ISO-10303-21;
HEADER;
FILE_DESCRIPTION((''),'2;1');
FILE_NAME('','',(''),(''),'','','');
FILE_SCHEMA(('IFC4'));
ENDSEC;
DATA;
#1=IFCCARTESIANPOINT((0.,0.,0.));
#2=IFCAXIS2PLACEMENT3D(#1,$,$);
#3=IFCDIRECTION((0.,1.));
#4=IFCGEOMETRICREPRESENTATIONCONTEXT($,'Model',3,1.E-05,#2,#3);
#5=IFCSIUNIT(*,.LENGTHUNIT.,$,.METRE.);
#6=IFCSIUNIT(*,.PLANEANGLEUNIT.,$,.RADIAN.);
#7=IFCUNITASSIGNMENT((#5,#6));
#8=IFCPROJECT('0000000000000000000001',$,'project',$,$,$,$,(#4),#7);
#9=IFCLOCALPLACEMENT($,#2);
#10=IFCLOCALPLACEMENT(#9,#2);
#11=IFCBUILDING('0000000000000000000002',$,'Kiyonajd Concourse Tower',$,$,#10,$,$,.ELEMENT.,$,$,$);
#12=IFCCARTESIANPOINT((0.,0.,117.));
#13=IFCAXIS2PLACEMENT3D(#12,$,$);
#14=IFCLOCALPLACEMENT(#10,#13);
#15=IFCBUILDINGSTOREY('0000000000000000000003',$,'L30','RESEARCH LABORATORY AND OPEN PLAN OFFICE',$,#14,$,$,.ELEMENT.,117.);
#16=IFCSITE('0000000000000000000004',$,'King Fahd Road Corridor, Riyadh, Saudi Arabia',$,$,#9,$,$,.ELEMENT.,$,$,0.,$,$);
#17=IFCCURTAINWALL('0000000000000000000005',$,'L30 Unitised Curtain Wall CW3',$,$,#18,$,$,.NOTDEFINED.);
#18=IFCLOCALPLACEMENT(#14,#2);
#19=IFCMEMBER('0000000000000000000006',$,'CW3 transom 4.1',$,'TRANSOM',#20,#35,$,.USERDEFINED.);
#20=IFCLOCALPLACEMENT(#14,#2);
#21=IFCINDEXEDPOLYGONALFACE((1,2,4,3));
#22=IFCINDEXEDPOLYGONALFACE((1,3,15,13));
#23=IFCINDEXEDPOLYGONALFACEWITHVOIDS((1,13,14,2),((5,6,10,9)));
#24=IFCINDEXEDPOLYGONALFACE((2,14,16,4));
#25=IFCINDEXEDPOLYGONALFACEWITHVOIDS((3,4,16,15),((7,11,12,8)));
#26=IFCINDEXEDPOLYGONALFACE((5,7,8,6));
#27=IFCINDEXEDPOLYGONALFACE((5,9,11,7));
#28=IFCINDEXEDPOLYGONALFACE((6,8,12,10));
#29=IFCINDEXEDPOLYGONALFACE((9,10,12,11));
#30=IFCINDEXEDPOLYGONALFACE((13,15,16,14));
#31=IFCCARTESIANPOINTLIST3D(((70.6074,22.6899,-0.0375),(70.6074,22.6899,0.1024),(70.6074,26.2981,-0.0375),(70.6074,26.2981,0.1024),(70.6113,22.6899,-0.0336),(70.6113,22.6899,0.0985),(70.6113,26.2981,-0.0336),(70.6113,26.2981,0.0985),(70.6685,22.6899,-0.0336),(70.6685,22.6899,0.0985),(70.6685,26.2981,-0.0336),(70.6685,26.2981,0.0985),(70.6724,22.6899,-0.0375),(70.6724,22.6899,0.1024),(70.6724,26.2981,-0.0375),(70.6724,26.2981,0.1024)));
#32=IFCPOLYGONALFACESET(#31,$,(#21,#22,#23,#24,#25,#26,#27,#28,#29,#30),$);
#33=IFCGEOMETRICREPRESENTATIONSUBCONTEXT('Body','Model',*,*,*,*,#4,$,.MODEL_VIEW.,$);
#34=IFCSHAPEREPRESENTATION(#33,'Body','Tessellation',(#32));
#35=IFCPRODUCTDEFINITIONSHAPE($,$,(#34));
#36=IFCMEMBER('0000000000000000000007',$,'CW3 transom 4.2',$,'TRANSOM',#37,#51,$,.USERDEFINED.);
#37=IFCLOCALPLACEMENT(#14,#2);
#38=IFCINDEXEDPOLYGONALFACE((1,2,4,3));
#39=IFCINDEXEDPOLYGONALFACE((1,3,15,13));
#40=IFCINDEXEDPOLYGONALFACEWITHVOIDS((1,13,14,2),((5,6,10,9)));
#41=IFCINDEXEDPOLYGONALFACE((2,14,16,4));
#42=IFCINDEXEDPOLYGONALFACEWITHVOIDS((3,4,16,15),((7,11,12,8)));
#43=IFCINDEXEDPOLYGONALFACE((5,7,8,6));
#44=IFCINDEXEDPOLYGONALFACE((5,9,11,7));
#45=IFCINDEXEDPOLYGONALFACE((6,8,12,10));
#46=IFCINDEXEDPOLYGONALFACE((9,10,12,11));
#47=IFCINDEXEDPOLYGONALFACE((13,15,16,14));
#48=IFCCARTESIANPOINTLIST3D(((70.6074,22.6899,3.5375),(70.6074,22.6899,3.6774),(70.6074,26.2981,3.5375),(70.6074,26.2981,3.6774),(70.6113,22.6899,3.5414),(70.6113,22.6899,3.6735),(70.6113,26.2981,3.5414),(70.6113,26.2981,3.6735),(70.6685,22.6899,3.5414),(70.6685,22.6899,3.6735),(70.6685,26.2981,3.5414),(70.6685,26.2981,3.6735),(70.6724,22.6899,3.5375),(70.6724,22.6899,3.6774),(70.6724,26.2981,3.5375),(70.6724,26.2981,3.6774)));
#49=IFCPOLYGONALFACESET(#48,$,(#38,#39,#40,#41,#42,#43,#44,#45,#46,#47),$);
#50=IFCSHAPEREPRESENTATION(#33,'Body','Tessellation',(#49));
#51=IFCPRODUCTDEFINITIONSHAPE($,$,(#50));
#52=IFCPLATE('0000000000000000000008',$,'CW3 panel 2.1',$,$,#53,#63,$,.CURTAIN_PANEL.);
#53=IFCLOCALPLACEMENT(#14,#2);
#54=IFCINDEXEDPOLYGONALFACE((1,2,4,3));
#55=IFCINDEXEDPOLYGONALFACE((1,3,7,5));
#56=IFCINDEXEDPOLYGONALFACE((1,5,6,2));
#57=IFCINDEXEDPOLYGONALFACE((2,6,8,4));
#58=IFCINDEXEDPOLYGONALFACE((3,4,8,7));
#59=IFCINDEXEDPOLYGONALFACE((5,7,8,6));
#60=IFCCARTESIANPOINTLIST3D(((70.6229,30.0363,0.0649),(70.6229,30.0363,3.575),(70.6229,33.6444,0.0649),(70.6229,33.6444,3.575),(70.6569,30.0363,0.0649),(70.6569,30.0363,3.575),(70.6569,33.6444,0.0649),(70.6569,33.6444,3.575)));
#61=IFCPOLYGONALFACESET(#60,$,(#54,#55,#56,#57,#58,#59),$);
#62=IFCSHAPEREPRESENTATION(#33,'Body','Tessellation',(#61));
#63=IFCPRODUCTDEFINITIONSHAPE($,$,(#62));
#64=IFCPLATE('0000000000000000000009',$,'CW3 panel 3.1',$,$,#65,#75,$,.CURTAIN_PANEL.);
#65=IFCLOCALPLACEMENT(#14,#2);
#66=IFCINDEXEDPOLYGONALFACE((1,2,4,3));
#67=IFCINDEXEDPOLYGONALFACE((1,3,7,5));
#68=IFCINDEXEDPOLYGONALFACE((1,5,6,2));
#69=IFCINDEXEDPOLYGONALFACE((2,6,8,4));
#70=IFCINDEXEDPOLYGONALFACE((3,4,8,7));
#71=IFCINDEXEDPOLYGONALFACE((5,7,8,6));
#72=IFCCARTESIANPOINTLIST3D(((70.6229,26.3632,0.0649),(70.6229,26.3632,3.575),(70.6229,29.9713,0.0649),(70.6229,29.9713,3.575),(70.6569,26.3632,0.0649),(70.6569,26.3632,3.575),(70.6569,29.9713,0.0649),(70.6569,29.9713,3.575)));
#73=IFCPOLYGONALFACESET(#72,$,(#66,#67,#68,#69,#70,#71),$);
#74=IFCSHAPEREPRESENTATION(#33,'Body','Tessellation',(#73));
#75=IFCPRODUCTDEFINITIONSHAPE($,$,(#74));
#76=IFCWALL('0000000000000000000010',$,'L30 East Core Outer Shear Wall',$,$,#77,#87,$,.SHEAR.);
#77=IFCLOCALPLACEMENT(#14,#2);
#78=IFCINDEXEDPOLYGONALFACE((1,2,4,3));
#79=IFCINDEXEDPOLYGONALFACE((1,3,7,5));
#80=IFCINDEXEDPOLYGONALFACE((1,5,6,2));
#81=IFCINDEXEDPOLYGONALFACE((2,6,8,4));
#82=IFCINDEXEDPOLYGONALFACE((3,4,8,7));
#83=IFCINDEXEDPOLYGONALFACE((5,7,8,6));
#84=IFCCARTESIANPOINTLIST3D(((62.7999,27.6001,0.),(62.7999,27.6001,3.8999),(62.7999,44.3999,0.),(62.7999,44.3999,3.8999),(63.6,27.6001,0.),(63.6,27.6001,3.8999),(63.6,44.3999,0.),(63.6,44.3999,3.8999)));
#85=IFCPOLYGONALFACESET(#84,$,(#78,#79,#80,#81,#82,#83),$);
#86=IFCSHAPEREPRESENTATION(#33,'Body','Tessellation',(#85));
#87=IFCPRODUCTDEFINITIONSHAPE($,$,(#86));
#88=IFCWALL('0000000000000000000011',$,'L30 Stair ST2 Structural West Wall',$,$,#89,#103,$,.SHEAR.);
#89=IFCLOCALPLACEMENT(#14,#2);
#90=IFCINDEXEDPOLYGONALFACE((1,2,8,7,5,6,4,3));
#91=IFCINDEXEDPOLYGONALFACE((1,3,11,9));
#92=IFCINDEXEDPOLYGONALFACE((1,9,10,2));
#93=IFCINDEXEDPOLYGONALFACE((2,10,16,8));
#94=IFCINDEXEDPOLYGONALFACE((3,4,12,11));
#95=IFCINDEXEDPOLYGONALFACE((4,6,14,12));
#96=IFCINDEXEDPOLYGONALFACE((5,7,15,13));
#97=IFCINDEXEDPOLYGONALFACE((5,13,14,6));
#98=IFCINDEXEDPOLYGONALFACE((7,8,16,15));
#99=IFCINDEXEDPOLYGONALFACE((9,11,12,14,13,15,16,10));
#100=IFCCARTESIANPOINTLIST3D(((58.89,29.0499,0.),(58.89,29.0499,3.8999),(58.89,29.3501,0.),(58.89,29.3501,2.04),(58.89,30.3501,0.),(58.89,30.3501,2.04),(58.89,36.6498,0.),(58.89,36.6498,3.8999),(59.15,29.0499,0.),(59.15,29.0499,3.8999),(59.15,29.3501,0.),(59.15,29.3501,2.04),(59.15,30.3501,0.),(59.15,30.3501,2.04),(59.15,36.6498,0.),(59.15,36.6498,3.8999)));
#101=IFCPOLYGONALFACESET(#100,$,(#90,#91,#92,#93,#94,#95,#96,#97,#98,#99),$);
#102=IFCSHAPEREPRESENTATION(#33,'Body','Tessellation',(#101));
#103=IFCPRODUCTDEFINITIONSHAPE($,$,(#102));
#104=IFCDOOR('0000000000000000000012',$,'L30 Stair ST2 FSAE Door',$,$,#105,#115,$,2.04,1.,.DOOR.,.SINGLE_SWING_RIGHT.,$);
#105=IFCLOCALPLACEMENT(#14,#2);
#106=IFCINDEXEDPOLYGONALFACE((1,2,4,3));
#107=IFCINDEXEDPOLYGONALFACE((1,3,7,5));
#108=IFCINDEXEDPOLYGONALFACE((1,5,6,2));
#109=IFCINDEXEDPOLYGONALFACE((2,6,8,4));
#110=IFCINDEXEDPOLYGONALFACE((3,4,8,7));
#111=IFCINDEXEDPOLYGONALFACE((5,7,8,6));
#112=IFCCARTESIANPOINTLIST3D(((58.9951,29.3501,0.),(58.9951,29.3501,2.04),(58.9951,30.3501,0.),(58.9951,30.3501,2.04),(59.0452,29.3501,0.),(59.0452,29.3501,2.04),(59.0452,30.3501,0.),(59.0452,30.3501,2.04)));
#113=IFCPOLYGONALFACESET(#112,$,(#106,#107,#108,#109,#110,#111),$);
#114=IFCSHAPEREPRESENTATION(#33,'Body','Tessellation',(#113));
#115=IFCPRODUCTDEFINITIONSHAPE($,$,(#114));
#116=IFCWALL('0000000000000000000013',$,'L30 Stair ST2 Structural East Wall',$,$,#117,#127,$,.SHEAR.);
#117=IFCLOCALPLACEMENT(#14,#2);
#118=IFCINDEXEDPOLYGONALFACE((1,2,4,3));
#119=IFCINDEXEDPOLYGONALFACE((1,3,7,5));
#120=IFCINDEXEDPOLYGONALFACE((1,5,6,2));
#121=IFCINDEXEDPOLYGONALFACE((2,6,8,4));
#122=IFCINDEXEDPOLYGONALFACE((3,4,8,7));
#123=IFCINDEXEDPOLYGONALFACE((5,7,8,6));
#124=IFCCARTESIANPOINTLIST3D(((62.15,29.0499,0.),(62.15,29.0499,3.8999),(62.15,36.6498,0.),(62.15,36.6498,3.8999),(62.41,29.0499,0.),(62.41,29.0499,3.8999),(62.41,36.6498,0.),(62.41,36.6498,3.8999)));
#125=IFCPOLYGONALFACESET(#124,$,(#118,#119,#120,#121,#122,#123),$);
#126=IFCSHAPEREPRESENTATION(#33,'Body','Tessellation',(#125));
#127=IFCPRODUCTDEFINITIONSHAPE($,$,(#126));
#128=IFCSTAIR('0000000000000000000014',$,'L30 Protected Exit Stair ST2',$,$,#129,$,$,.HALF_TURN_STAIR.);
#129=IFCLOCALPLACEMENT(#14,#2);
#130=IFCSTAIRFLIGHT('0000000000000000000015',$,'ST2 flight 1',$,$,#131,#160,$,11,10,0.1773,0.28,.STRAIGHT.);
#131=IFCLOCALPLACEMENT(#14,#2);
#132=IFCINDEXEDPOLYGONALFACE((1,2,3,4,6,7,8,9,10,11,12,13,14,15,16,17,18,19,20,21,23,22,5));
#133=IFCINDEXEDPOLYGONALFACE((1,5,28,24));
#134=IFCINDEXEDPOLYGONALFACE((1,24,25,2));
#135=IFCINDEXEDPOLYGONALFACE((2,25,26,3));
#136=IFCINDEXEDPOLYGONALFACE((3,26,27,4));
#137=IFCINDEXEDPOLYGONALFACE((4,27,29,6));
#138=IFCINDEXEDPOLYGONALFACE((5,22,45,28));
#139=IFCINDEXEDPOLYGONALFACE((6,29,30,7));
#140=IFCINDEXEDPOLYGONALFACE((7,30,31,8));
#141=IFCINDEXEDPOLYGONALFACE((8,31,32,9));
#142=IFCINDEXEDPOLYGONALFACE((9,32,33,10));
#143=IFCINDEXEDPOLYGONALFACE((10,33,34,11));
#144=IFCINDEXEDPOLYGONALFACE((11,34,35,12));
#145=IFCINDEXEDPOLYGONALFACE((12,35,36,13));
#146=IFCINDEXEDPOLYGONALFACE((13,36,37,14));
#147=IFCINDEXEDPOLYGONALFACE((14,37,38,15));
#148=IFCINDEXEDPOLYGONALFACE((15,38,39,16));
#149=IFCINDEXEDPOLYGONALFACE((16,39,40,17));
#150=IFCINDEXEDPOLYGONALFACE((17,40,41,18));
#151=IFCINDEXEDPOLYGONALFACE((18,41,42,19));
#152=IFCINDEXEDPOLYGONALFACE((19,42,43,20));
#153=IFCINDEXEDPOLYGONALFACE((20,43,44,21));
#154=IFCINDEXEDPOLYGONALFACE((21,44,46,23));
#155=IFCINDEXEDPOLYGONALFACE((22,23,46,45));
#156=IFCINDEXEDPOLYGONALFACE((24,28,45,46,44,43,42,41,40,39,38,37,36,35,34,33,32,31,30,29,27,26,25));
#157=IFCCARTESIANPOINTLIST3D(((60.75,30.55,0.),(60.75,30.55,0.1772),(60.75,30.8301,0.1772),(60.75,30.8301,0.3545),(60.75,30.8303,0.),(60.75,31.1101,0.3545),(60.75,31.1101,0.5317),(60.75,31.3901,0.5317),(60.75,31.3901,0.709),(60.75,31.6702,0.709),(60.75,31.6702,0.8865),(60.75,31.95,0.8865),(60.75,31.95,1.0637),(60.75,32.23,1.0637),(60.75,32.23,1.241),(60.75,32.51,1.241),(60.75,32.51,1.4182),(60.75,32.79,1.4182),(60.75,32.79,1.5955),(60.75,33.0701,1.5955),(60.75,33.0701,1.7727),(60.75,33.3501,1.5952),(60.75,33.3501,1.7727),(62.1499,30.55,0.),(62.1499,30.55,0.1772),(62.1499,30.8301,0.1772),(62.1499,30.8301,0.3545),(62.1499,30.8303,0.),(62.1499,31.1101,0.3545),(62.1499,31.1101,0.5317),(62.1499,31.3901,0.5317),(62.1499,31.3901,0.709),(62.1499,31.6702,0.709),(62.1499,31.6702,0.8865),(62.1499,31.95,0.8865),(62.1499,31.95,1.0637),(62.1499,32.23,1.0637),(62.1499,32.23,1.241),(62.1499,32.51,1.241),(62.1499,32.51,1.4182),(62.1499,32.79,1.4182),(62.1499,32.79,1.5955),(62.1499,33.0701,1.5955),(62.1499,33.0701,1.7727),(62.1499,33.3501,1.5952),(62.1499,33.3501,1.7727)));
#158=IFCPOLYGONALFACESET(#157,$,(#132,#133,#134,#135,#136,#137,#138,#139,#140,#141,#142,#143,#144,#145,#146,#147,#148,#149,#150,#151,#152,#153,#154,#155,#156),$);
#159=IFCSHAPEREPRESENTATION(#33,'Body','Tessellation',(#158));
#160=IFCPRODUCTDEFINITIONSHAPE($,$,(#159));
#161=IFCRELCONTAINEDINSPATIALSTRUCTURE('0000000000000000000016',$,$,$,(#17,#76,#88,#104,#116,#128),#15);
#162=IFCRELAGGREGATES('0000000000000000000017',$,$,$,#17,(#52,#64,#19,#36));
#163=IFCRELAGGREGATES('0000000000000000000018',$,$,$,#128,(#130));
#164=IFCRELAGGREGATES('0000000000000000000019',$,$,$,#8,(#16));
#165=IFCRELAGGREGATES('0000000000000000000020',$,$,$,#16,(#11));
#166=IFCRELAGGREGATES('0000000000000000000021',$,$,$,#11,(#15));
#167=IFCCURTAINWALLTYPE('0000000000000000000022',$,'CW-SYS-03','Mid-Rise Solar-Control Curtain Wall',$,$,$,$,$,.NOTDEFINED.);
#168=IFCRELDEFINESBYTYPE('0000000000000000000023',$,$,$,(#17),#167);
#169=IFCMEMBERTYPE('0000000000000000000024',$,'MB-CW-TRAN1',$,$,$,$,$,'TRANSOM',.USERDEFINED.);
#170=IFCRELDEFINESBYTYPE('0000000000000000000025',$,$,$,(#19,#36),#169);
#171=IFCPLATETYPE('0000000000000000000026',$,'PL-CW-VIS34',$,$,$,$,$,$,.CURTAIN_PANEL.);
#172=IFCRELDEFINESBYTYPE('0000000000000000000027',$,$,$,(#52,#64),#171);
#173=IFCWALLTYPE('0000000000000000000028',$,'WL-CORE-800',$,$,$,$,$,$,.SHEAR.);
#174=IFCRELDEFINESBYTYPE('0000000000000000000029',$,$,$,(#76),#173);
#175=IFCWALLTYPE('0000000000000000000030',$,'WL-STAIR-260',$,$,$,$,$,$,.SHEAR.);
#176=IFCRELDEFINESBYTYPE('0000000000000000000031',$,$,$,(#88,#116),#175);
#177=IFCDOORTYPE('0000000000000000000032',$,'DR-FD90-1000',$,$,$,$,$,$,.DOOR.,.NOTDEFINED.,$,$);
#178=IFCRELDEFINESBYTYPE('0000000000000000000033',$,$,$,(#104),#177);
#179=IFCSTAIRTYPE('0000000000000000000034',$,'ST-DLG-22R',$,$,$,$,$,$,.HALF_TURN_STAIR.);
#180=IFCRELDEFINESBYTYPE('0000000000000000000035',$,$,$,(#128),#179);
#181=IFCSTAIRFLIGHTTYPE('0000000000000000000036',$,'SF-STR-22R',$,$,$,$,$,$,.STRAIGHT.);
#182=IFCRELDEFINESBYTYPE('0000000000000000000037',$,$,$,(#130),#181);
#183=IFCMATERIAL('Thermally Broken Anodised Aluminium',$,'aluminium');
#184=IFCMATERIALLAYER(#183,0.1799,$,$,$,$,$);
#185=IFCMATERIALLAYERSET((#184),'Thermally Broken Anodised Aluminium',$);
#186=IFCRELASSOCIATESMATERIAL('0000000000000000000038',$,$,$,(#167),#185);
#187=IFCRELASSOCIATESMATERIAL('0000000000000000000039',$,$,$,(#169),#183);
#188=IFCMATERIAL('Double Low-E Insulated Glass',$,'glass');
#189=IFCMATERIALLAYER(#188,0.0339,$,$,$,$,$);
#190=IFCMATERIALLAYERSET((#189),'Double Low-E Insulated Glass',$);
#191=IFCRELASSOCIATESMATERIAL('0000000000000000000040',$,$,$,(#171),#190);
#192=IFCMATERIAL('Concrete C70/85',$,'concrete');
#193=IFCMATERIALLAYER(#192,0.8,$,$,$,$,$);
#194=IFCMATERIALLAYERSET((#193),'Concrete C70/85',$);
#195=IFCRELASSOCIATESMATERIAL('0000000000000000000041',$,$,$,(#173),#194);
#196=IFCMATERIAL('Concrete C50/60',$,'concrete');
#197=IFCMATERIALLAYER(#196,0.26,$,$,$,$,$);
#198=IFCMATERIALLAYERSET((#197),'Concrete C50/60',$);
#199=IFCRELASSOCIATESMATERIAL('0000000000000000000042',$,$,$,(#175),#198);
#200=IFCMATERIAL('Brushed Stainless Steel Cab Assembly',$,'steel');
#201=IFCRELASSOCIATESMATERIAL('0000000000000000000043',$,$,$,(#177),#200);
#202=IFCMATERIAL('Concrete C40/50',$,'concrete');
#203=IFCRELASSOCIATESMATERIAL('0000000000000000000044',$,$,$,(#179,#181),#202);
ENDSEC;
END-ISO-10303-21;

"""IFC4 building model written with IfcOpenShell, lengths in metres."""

from ifc_helpers import new_model, si_unit, direction, frame, frame_2d, origin, origin_2d, place, context, subcontext, project, spatial, polyline, rectangle, hollow_rectangle, outline, extrude, material, layer, layer_set, material_profile, profile_set, type_object, element, fill, aggregate, save


model = new_model("IFC4")

# Units and contexts
model_context = context("Model", 3, precision=1e-05, world=origin(), true_north=direction((0.0, 1.0)))
body_context = subcontext(model_context, "Body", "Model", "MODEL_VIEW")
ifc_project = project(units=[si_unit("LENGTHUNIT", "METRE"), si_unit("PLANEANGLEUNIT", "RADIAN")], contexts=[model_context])

# Site, building, storey
site_placement = place(None, origin())
site = spatial("IfcSite", under=ifc_project, at=site_placement, Name="King Fahd Road Corridor, Riyadh, Saudi Arabia", CompositionType="ELEMENT", RefElevation=0.0)
building_placement = place(site_placement, origin())
building = spatial("IfcBuilding", under=site, at=building_placement, Name="Kiyonajd Concourse Tower", CompositionType="ELEMENT")
storey_placement = place(building_placement, frame((0.0, 0.0, 117.0)))
storey = spatial("IfcBuildingStorey", under=building, at=storey_placement, Name="L30", Description="RESEARCH LABORATORY AND OPEN PLAN OFFICE", CompositionType="ELEMENT", Elevation=117.0)

# Shared definitions
ifc_material_1 = material(Name="Concrete C70/85", Category="concrete")

# Curtain wall, members, plates
ifc_material_2 = material(Name="Thermally Broken Anodised Aluminium", Category="aluminium")
ifc_layer_1 = layer(ifc_material_2, 0.1799)
ifc_layer_set_1 = layer_set([ifc_layer_1], Name="Thermally Broken Anodised Aluminium")
curtain_wall_type = type_object("IfcCurtainWallType", Name="CW-SYS-03", Description="Mid-Rise Solar-Control Curtain Wall", PredefinedType="NOTDEFINED", material=ifc_layer_set_1)
curtain_wall_placement = place(storey_placement, origin())
curtain_wall = element("IfcCurtainWall", 1, at=curtain_wall_placement, inside=storey, type_object=curtain_wall_type, Name="L30 Unitised Curtain Wall CW3", PredefinedType="NOTDEFINED")
ifc_material_profile_1 = material_profile(ifc_material_2, hollow_rectangle(XDim=0.0649, YDim=0.1399, WallThickness=0.0039, at=origin_2d()), Name="TRAN-65x140")
ifc_profile_set_1 = profile_set([ifc_material_profile_1], Name="Thermally Broken Anodised Aluminium")
member_type_1 = type_object("IfcMemberType", Name="MB-CW-TRAN1", ElementType="TRANSOM", PredefinedType="USERDEFINED", material=ifc_profile_set_1)
member_1_placement = place(storey_placement, frame((70.6399, 26.2981, 0.0325), z_axis=(0.0, -1.0, 0.0), x_axis=(1.0, 0.0, 0.0)))
member_1 = element("IfcMember", 2, at=member_1_placement, type_object=member_type_1, Name="CW3 transom 4.1", ObjectType="TRANSOM", PredefinedType="USERDEFINED", context=body_context, shape_type="SweptSolid", body=[
    extrude(hollow_rectangle(XDim=0.0649, YDim=0.1399, WallThickness=0.0039, at=origin_2d()), origin(), (0.0, 0.0, 1.0), 3.6082),
])
member_2_placement = place(storey_placement, frame((70.6399, 26.2981, 3.6074), z_axis=(0.0, -1.0, 0.0), x_axis=(1.0, 0.0, 0.0)))
member_2 = element("IfcMember", 3, at=member_2_placement, type_object=member_type_1, Name="CW3 transom 4.2", ObjectType="TRANSOM", PredefinedType="USERDEFINED", context=body_context, shape_type="SweptSolid", body=[
    extrude(hollow_rectangle(XDim=0.0649, YDim=0.1399, WallThickness=0.0039, at=origin_2d()), origin(), (0.0, 0.0, 1.0), 3.6082),
])
ifc_material_3 = material(Name="Double Low-E Insulated Glass", Category="glass")
ifc_layer_2 = layer(ifc_material_3, 0.0339)
ifc_layer_set_2 = layer_set([ifc_layer_2], Name="Double Low-E Insulated Glass")
plate_type = type_object("IfcPlateType", Name="PL-CW-VIS34", PredefinedType="CURTAIN_PANEL", material=ifc_layer_set_2)
plate_1_placement = place(storey_placement, frame((70.6399, 31.8403, 0.0649), z_axis=(0.0, 0.0, 1.0), x_axis=(0.0, -1.0, 0.0)))
plate_1 = element("IfcPlate", 4, at=plate_1_placement, type_object=plate_type, Name="CW3 panel 2.1", PredefinedType="CURTAIN_PANEL", context=body_context, shape_type="SweptSolid", body=[
    extrude(rectangle(XDim=3.6082, YDim=0.0339, at=origin_2d()), origin(), (0.0, 0.0, 1.0), 3.51),
])
plate_2_placement = place(storey_placement, frame((70.6399, 28.1672, 0.0649), z_axis=(0.0, 0.0, 1.0), x_axis=(0.0, -1.0, 0.0)))
plate_2 = element("IfcPlate", 5, at=plate_2_placement, type_object=plate_type, Name="CW3 panel 3.1", PredefinedType="CURTAIN_PANEL", context=body_context, shape_type="SweptSolid", body=[
    extrude(rectangle(XDim=3.6082, YDim=0.0339, at=origin_2d()), origin(), (0.0, 0.0, 1.0), 3.51),
])
aggregate(curtain_wall, [plate_1, plate_2, member_1, member_2])

# Wall
ifc_layer_3 = layer(ifc_material_1, 0.8)
ifc_layer_set_3 = layer_set([ifc_layer_3], Name="Concrete C70/85")
wall_type_1 = type_object("IfcWallType", Name="WL-CORE-800", PredefinedType="SHEAR", material=ifc_layer_set_3)
wall_1_placement = place(storey_placement, frame((63.2, 27.6001, 0.0), z_axis=(0.0, 0.0, 1.0), x_axis=(0.0, 1.0, 0.0)))
element("IfcWall", 6, at=wall_1_placement, inside=storey, type_object=wall_type_1, Name="L30 East Core Outer Shear Wall", PredefinedType="SHEAR", context=body_context, shape_type="SweptSolid", body=[
    extrude(rectangle(XDim=16.7998, YDim=0.8, at=frame_2d((8.3999, 0.0))), origin(), (0.0, 0.0, 1.0), 3.8999),
])

# Wall, opening, door
ifc_material_4 = material(Name="Concrete C50/60", Category="concrete")
ifc_layer_4 = layer(ifc_material_4, 0.26)
ifc_layer_set_4 = layer_set([ifc_layer_4], Name="Concrete C50/60")
wall_type_2 = type_object("IfcWallType", Name="WL-STAIR-260", PredefinedType="SHEAR", material=ifc_layer_set_4)
wall_2_placement = place(storey_placement, frame((59.02, 29.05, 0.0), z_axis=(0.0, 0.0, 1.0), x_axis=(0.0, 1.0, 0.0)))
wall_2 = element("IfcWall", 7, at=wall_2_placement, inside=storey, type_object=wall_type_2, Name="L30 Stair ST2 Structural West Wall", PredefinedType="SHEAR", context=body_context, shape_type="SweptSolid", body=[
    extrude(rectangle(XDim=7.5999, YDim=0.26, at=frame_2d((3.7998, 0.0))), origin(), (0.0, 0.0, 1.0), 3.8999),
])
opening_placement = place(wall_2_placement, frame((0.3, 0.0, 0.0)))
opening = element("IfcOpeningElement", 8, at=opening_placement, cuts=wall_2, PredefinedType="OPENING", context=body_context, shape_type="SweptSolid", body=[
    extrude(rectangle(XDim=1.0, YDim=2.04, at=frame_2d((0.5, 1.02))), frame((0.0, 0.1399, 0.0), z_axis=(0.0, -1.0, 0.0), x_axis=(1.0, 0.0, 0.0)), (0.0, 0.0, 1.0), 0.28),
])
ifc_material_5 = material(Name="Brushed Stainless Steel Cab Assembly", Category="steel")
door_type = type_object("IfcDoorType", Name="DR-FD90-1000", OperationType="NOTDEFINED", PredefinedType="DOOR", material=ifc_material_5)
door_placement = place(opening_placement, origin())
door = element("IfcDoor", 9, at=door_placement, inside=storey, type_object=door_type, Name="L30 Stair ST2 FSAE Door", OperationType="SINGLE_SWING_RIGHT", OverallHeight=2.04, OverallWidth=1.0, PredefinedType="DOOR", context=body_context, shape_type="SweptSolid", body=[
    extrude(rectangle(XDim=1.0, YDim=2.04, at=frame_2d((0.5, 1.02))), frame((0.0, 0.0249, 0.0), z_axis=(0.0, -1.0, 0.0), x_axis=(1.0, 0.0, 0.0)), (0.0, 0.0, 1.0), 0.05),
])
fill(opening, door)

# Wall
wall_3_placement = place(storey_placement, frame((62.28, 29.05, 0.0), z_axis=(0.0, 0.0, 1.0), x_axis=(0.0, 1.0, 0.0)))
element("IfcWall", 10, at=wall_3_placement, inside=storey, type_object=wall_type_2, Name="L30 Stair ST2 Structural East Wall", PredefinedType="SHEAR", context=body_context, shape_type="SweptSolid", body=[
    extrude(rectangle(XDim=7.5999, YDim=0.26, at=frame_2d((3.7998, 0.0))), origin(), (0.0, 0.0, 1.0), 3.8999),
])

# Stair, stair flight
ifc_material_6 = material(Name="Concrete C40/50", Category="concrete")
stair_type = type_object("IfcStairType", Name="ST-DLG-22R", PredefinedType="HALF_TURN_STAIR", material=ifc_material_6)
stair_placement = place(storey_placement, origin())
stair = element("IfcStair", 11, at=stair_placement, inside=storey, type_object=stair_type, Name="L30 Protected Exit Stair ST2", PredefinedType="HALF_TURN_STAIR")
stair_flight_type = type_object("IfcStairFlightType", Name="SF-STR-22R", PredefinedType="STRAIGHT", material=ifc_material_6)
stair_flight_1_placement = place(storey_placement, frame((61.45, 30.55, 0.0), z_axis=(0.0, 0.0, 1.0), x_axis=(0.0, 1.0, 0.0)))
stair_flight_1 = element("IfcStairFlight", 12, at=stair_flight_1_placement, type_object=stair_flight_type, Name="ST2 flight 1", NumberOfRisers=11, NumberOfTreads=10, PredefinedType="STRAIGHT", RiserHeight=0.1773, TreadLength=0.28, context=body_context, shape_type="SweptSolid", body=[
    extrude(outline(polyline([(0.0, 0.0), (0.0, 0.1772), (0.28, 0.1772), (0.28, 0.3545), (0.5601, 0.3545), (0.5601, 0.5317), (0.8401, 0.5317), (0.8401, 0.709), (1.1201, 0.709), (1.1201, 0.8865), (1.3999, 0.8865), (1.3999, 1.0637), (1.6799, 1.0637), (1.6799, 1.241), (1.96, 1.241), (1.96, 1.4182), (2.24, 1.4182), (2.24, 1.5955), (2.52, 1.5955), (2.52, 1.7727), (2.8, 1.7727), (2.8, 1.95), (2.8, 1.5952), (0.2803, 0.0), (0.0, 0.0)])), frame((0.0, 0.7, 0.0), z_axis=(0.0, -1.0, 0.0), x_axis=(1.0, 0.0, 0.0)), (0.0, 0.0, 1.0), 1.3999),
])
aggregate(stair, [stair_flight_1])

save(model, "model.ifc")
